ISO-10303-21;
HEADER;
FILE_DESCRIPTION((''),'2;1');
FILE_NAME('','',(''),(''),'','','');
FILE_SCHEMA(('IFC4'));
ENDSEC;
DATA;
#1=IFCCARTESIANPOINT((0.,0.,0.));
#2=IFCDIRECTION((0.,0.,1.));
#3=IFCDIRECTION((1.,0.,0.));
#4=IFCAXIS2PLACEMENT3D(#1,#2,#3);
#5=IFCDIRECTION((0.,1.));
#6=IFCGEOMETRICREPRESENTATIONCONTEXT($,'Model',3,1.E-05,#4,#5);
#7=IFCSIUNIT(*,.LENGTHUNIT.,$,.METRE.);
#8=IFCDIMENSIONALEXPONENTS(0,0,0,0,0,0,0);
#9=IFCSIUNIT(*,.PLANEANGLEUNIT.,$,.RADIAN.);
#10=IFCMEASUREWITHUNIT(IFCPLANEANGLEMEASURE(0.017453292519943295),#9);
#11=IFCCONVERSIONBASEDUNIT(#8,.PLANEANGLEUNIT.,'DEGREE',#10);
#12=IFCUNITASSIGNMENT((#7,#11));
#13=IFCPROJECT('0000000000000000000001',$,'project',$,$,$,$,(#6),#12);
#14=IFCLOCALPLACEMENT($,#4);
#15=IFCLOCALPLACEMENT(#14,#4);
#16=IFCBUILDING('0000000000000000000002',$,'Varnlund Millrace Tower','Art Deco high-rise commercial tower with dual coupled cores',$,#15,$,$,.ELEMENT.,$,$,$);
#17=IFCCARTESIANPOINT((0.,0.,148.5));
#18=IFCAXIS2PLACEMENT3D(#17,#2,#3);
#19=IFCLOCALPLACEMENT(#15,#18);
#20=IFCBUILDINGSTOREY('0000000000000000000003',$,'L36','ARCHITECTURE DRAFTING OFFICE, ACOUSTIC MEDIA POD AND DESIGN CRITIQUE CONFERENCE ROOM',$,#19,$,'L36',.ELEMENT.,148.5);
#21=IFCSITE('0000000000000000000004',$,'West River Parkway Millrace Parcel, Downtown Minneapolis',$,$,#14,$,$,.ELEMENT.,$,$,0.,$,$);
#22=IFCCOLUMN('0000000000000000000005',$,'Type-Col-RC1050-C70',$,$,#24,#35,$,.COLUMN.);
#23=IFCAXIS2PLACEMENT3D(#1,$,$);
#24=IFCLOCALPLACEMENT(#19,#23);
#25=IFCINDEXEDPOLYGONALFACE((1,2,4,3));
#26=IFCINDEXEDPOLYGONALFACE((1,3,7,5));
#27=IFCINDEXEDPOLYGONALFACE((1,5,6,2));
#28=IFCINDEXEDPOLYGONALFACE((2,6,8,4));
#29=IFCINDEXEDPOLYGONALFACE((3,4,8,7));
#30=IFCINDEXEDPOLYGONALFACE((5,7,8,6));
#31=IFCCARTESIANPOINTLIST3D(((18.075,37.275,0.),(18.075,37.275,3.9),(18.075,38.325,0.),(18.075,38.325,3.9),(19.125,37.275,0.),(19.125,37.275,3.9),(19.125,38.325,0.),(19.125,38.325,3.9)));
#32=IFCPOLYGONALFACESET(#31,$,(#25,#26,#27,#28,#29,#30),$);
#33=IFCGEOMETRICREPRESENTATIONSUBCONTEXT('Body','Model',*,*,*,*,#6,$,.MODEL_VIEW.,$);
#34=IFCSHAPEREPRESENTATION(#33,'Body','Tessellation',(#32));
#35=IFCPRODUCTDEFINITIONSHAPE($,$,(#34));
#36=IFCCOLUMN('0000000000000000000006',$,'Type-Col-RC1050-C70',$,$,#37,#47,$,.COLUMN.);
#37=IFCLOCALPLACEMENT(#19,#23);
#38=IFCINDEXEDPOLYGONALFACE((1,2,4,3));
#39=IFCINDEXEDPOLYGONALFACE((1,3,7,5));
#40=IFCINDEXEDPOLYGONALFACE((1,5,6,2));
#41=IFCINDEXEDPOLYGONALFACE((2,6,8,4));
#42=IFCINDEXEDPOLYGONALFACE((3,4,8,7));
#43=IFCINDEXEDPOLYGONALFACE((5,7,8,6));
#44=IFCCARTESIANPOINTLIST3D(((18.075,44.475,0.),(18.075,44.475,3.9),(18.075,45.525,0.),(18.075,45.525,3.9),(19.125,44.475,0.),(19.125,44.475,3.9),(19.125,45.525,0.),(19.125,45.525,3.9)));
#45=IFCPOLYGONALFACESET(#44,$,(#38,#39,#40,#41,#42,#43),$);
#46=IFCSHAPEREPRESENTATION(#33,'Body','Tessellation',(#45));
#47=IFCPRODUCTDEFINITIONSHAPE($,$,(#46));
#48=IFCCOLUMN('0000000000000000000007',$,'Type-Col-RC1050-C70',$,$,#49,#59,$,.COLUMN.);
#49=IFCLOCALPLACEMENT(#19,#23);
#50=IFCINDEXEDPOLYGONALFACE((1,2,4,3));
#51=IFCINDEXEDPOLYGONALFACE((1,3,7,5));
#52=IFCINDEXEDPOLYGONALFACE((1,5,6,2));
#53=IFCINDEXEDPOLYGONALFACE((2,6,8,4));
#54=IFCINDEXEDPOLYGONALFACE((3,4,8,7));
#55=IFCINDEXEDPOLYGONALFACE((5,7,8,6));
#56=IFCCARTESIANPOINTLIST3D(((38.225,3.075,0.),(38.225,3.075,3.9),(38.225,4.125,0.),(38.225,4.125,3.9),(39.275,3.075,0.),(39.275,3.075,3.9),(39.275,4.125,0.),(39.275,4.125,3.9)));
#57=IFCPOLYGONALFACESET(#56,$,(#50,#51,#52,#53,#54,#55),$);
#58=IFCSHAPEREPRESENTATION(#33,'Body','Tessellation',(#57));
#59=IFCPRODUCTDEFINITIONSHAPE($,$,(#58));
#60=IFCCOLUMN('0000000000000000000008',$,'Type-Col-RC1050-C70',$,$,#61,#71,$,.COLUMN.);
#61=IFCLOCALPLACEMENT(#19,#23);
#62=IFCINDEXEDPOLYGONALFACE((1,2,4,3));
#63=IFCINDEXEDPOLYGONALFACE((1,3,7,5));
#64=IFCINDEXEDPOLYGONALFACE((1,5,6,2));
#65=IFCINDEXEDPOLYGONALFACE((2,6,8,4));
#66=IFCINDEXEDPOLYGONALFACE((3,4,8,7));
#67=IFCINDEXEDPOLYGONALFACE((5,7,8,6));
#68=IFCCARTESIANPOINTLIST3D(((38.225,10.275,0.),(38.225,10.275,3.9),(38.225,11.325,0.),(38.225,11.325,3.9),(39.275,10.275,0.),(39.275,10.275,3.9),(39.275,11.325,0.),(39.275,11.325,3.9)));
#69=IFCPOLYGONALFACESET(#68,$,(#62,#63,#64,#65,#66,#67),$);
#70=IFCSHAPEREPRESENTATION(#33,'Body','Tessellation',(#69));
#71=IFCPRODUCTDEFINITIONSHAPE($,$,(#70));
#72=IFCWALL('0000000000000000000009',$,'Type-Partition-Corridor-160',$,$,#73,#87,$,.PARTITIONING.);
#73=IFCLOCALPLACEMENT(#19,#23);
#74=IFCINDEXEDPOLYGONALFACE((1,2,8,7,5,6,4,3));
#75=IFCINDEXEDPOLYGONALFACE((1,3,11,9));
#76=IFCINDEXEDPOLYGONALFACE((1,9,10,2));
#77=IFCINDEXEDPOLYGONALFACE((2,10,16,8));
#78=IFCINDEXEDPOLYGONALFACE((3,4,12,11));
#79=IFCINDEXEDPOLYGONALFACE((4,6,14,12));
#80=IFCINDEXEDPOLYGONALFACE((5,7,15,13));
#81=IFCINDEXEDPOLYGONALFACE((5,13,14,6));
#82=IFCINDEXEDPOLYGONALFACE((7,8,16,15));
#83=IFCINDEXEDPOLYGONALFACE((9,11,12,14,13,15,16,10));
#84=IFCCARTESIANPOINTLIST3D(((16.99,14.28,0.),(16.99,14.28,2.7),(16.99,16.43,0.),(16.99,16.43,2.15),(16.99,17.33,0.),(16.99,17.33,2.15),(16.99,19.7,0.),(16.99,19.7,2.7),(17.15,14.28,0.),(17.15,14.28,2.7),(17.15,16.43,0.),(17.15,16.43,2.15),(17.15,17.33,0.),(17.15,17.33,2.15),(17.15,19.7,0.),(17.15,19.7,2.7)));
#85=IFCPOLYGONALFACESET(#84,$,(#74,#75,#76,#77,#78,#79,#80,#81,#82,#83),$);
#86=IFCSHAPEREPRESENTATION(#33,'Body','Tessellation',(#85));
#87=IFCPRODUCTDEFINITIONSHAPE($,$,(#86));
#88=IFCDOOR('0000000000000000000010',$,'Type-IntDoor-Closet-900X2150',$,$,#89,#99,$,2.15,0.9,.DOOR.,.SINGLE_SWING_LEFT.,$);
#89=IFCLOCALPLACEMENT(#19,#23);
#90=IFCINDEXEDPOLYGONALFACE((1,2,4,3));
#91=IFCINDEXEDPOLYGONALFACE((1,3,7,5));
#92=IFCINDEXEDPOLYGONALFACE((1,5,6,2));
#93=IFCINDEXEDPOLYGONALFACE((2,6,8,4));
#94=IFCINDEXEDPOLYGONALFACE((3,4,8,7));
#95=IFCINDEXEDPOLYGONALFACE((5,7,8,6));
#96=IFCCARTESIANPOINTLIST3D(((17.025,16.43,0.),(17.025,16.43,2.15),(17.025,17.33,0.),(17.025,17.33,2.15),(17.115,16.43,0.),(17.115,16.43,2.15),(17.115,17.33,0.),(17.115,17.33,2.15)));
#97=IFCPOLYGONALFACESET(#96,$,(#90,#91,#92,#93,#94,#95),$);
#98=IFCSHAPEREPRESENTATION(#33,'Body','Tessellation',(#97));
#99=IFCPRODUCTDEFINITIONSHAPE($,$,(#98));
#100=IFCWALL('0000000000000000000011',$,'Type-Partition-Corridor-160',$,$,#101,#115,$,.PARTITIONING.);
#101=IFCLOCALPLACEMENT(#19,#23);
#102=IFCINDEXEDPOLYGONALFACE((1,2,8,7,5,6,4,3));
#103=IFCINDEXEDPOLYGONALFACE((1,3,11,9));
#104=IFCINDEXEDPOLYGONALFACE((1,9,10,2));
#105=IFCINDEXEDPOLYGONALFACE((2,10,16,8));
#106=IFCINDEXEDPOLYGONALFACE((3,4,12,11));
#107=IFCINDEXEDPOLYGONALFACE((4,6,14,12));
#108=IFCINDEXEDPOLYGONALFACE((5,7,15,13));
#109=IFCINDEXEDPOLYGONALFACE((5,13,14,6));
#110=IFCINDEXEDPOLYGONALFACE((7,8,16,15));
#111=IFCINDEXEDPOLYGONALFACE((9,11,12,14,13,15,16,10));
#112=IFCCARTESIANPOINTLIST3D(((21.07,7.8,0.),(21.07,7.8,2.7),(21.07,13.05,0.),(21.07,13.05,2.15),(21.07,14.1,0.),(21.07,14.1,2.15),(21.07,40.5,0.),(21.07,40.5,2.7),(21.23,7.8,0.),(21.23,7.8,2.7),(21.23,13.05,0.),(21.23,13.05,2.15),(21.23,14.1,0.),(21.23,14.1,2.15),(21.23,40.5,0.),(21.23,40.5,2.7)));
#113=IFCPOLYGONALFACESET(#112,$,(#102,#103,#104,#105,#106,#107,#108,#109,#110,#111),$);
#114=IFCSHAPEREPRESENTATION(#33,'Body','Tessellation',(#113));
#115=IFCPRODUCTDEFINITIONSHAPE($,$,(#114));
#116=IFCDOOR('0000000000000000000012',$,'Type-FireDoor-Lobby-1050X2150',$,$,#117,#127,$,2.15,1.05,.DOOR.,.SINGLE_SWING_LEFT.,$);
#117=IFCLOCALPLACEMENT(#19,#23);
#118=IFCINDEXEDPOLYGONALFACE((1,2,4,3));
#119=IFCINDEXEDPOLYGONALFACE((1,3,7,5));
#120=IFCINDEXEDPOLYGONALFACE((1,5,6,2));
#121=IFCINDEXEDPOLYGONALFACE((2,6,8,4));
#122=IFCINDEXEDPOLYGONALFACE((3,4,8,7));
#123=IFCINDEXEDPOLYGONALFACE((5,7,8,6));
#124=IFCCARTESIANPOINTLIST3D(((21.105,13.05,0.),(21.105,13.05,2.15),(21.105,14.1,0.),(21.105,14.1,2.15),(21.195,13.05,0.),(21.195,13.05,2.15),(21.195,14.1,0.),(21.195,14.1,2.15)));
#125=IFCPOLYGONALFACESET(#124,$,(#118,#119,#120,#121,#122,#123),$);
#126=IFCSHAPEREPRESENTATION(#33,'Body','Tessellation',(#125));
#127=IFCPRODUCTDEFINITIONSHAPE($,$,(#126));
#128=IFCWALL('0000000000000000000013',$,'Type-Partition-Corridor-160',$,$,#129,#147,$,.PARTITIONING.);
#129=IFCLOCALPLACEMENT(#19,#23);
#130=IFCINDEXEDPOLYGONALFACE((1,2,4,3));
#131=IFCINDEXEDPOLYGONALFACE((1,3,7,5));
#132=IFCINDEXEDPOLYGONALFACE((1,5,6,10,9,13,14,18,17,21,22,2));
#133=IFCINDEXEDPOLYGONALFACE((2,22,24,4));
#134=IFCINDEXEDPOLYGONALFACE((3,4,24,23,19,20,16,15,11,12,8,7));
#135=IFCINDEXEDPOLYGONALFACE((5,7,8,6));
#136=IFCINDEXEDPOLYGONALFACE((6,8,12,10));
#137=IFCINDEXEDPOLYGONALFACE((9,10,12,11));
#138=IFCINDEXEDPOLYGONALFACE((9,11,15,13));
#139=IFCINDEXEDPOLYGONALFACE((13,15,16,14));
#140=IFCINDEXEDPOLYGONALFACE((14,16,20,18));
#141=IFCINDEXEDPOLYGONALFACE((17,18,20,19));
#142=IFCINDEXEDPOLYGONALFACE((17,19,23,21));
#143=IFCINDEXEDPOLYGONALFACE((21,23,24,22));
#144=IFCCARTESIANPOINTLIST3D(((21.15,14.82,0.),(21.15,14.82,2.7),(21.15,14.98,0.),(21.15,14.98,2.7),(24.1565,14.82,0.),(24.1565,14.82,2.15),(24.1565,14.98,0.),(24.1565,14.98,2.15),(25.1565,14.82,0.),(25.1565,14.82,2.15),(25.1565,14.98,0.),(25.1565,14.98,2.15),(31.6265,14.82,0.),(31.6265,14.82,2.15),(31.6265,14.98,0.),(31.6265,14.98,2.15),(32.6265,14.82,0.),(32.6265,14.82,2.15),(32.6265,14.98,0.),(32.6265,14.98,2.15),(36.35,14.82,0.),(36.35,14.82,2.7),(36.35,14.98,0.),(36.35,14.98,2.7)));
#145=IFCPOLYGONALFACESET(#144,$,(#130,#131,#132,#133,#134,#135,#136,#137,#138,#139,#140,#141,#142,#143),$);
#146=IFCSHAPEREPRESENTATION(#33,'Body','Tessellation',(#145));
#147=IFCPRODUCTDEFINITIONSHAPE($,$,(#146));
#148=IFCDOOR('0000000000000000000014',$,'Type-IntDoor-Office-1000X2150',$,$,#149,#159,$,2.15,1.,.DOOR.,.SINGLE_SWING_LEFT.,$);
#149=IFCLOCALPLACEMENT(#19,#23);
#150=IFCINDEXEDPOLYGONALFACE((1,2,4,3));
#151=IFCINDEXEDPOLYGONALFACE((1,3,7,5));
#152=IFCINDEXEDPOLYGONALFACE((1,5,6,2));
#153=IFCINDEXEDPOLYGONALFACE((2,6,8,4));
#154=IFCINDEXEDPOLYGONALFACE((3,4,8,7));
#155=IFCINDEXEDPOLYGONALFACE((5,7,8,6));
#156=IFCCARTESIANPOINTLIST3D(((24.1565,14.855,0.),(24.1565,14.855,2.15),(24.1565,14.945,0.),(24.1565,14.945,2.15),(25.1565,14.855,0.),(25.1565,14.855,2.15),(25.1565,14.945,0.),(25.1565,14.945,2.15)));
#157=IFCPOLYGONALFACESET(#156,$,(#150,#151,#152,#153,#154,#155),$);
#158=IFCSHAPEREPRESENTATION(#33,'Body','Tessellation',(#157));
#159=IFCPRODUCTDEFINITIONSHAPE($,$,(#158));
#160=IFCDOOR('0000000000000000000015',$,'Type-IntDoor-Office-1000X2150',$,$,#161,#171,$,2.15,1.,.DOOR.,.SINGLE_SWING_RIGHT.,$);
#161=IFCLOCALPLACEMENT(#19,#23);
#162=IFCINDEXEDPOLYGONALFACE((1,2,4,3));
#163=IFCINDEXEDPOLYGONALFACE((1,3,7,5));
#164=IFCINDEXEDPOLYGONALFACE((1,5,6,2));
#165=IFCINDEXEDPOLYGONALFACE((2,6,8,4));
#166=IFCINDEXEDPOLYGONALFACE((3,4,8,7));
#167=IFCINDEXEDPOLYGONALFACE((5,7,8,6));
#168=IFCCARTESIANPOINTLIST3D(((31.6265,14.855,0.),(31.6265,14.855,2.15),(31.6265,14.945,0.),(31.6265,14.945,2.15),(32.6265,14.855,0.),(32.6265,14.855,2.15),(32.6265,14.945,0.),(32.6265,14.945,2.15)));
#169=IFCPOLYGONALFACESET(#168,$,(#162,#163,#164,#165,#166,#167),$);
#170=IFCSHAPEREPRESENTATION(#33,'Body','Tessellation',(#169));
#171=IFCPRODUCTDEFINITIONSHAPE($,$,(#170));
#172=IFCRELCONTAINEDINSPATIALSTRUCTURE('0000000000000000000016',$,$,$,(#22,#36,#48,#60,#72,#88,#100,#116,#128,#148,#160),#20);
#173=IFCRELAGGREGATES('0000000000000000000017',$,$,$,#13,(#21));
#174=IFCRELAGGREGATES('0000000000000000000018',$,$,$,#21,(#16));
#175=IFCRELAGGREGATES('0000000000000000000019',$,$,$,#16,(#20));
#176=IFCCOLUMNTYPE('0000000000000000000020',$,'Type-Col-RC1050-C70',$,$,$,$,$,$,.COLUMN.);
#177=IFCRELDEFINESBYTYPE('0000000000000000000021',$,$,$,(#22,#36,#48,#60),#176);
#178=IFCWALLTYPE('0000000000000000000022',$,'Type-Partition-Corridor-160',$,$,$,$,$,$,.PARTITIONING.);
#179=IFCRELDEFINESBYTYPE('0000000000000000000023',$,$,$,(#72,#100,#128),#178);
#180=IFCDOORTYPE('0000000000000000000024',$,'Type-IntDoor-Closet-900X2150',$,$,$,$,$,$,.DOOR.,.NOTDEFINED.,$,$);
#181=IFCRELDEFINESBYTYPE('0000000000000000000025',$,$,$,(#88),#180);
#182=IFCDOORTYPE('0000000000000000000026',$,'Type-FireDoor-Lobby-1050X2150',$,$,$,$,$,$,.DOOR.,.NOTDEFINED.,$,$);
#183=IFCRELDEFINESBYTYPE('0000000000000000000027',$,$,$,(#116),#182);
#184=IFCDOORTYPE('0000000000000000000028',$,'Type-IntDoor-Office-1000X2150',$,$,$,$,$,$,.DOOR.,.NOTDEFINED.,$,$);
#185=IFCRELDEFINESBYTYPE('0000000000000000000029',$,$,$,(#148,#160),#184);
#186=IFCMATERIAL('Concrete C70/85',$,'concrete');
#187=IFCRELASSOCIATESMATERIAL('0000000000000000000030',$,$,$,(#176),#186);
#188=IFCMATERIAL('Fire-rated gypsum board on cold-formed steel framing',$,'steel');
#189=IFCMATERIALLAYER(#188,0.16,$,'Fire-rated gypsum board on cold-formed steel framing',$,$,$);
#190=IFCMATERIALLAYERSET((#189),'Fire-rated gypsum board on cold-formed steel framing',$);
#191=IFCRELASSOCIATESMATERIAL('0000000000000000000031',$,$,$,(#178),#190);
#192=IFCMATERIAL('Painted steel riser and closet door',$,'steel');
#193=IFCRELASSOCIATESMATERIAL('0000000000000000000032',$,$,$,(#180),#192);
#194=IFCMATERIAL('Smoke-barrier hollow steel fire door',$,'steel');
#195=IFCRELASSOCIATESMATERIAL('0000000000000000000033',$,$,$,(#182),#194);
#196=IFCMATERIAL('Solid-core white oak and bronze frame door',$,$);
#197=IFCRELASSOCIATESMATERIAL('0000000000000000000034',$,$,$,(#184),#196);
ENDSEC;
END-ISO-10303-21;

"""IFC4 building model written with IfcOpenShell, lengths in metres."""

from ifc_helpers import new_model, entity, si_unit, converted_unit, direction, frame, origin_with_axes, origin_2d_with_axis, place, context, subcontext, project, spatial, polyline, rectangle, outline, extrude, material, layer, layer_set, material_profile, profile_set, type_object, element, fill, save


model = new_model("IFC4")

# Units and contexts
model_context = context("Model", 3, precision=1e-05, world=origin_with_axes(), true_north=direction((0.0, 1.0)))
body_context = subcontext(model_context, "Body", "Model", "MODEL_VIEW")
ifc_project = project(units=[si_unit("LENGTHUNIT", "METRE"), converted_unit("PLANEANGLEUNIT", "DEGREE", entity("IfcPlaneAngleMeasure", 0.017453292519943295), si_unit("PLANEANGLEUNIT", "RADIAN"), dimensions=[0, 0, 0, 0, 0, 0, 0])], contexts=[model_context])

# Site, building, storey
site_placement = place(None, origin_with_axes())
site = spatial("IfcSite", under=ifc_project, at=site_placement, Name="West River Parkway Millrace Parcel, Downtown Minneapolis", CompositionType="ELEMENT", RefElevation=0.0)
building_placement = place(site_placement, origin_with_axes())
building = spatial("IfcBuilding", under=site, at=building_placement, Name="Varnlund Millrace Tower", Description="Art Deco high-rise commercial tower with dual coupled cores", CompositionType="ELEMENT")
storey_placement = place(building_placement, frame((0.0, 0.0, 148.5), z_axis=(0.0, 0.0, 1.0), x_axis=(1.0, 0.0, 0.0)))
storey = spatial("IfcBuildingStorey", under=building, at=storey_placement, Name="L36", Description="ARCHITECTURE DRAFTING OFFICE, ACOUSTIC MEDIA POD AND DESIGN CRITIQUE CONFERENCE ROOM", LongName="L36", CompositionType="ELEMENT", Elevation=148.5)

# Columns
ifc_material_1 = material(Name="Concrete C70/85", Category="concrete")
ifc_material_profile_1 = material_profile(ifc_material_1, rectangle(XDim=1.05, YDim=1.05, at=origin_2d_with_axis()), Name="Concrete C70/85")
ifc_profile_set_1 = profile_set([ifc_material_profile_1], Name="Concrete C70/85")
column_type_1 = type_object("IfcColumnType", Name="Type-Col-RC1050-C70", PredefinedType="COLUMN", material=ifc_profile_set_1)
for number, where, z_axis, x_axis, name in (
    (1, (18.6, 37.8, 0.0), (0.0, 0.0, 1.0), (1.0, 0.0, 0.0), "Type-Col-RC1050-C70"),
    (2, (18.6, 45.0, 0.0), (0.0, 0.0, 1.0), (1.0, 0.0, 0.0), "Type-Col-RC1050-C70"),
    (3, (38.75, 3.6, 0.0), (0.0, 0.0, 1.0), (1.0, 0.0, 0.0), "Type-Col-RC1050-C70"),
    (4, (38.75, 10.8, 0.0), (0.0, 0.0, 1.0), (1.0, 0.0, 0.0), "Type-Col-RC1050-C70"),
):
    element("IfcColumn", number, at=place(storey_placement, frame(where, z_axis=z_axis, x_axis=x_axis)), inside=storey, type_object=column_type_1, Name=name, PredefinedType="COLUMN", context=body_context, shape_type="SweptSolid", body=[
        extrude(rectangle(XDim=1.05, YDim=1.05, at=origin_2d_with_axis()), origin_with_axes(), (0.0, 0.0, 1.0), 3.9),
    ])

# Walls, openings, doors
ifc_material_2 = material(Name="Fire-rated gypsum board on cold-formed steel framing", Category="steel")
ifc_layer = layer(ifc_material_2, 0.16, Name="Fire-rated gypsum board on cold-formed steel framing")
ifc_layer_set = layer_set([ifc_layer], Name="Fire-rated gypsum board on cold-formed steel framing")
wall_type = type_object("IfcWallType", Name="Type-Partition-Corridor-160", PredefinedType="PARTITIONING", material=ifc_layer_set)
wall_1_placement = place(storey_placement, frame((17.07, 14.28, 0.0), z_axis=(0.0, 0.0, 1.0), x_axis=(0.0, 1.0, 0.0)))
wall_1 = element("IfcWall", 5, at=wall_1_placement, inside=storey, type_object=wall_type, Name="Type-Partition-Corridor-160", PredefinedType="PARTITIONING", context=body_context, shape_type="SweptSolid", body=[
    extrude(outline(polyline([(0.0, -0.08), (5.42, -0.08), (5.42, 0.08), (0.0, 0.08), (0.0, -0.08)])), origin_with_axes(), (0.0, 0.0, 1.0), 2.7),
])
opening_1_placement = place(wall_1_placement, frame((2.6, 0.0, 0.0), z_axis=(0.0, 0.0, 1.0), x_axis=(1.0, 0.0, 0.0)))
opening_1 = element("IfcOpeningElement", 6, at=opening_1_placement, cuts=wall_1, PredefinedType="OPENING", context=body_context, shape_type="SweptSolid", body=[
    extrude(rectangle(XDim=0.9, YDim=0.18, at=origin_2d_with_axis()), origin_with_axes(), (0.0, 0.0, 1.0), 2.15),
])
ifc_material_3 = material(Name="Painted steel riser and closet door", Category="steel")
door_type_1 = type_object("IfcDoorType", Name="Type-IntDoor-Closet-900X2150", OperationType="NOTDEFINED", PredefinedType="DOOR", material=ifc_material_3)
door_1_placement = place(wall_1_placement, frame((2.6, 0.0, 0.0), z_axis=(0.0, 0.0, 1.0), x_axis=(1.0, 0.0, 0.0)))
door_1 = element("IfcDoor", 7, at=door_1_placement, inside=storey, type_object=door_type_1, Name="Type-IntDoor-Closet-900X2150", OperationType="SINGLE_SWING_LEFT", OverallHeight=2.15, OverallWidth=0.9, PredefinedType="DOOR", context=body_context, shape_type="SweptSolid", body=[
    extrude(rectangle(XDim=0.9, YDim=0.09, at=origin_2d_with_axis()), origin_with_axes(), (0.0, 0.0, 1.0), 2.15),
])
fill(opening_1, door_1)
wall_2_placement = place(storey_placement, frame((21.15, 7.8, 0.0), z_axis=(0.0, 0.0, 1.0), x_axis=(0.0, 1.0, 0.0)))
wall_2 = element("IfcWall", 8, at=wall_2_placement, inside=storey, type_object=wall_type, Name="Type-Partition-Corridor-160", PredefinedType="PARTITIONING", context=body_context, shape_type="SweptSolid", body=[
    extrude(outline(polyline([(0.0, -0.08), (32.7, -0.08), (32.7, 0.08), (0.0, 0.08), (0.0, -0.08)])), origin_with_axes(), (0.0, 0.0, 1.0), 2.7),
])
opening_2_placement = place(wall_2_placement, frame((5.775, 0.0, 0.0), z_axis=(0.0, 0.0, 1.0), x_axis=(1.0, 0.0, 0.0)))
opening_2 = element("IfcOpeningElement", 9, at=opening_2_placement, cuts=wall_2, PredefinedType="OPENING", context=body_context, shape_type="SweptSolid", body=[
    extrude(rectangle(XDim=1.05, YDim=0.18, at=origin_2d_with_axis()), origin_with_axes(), (0.0, 0.0, 1.0), 2.15),
])
ifc_material_4 = material(Name="Smoke-barrier hollow steel fire door", Category="steel")
door_type_2 = type_object("IfcDoorType", Name="Type-FireDoor-Lobby-1050X2150", OperationType="NOTDEFINED", PredefinedType="DOOR", material=ifc_material_4)
door_2_placement = place(wall_2_placement, frame((5.775, 0.0, 0.0), z_axis=(0.0, 0.0, 1.0), x_axis=(1.0, 0.0, 0.0)))
door_2 = element("IfcDoor", 10, at=door_2_placement, inside=storey, type_object=door_type_2, Name="Type-FireDoor-Lobby-1050X2150", OperationType="SINGLE_SWING_LEFT", OverallHeight=2.15, OverallWidth=1.05, PredefinedType="DOOR", context=body_context, shape_type="SweptSolid", body=[
    extrude(rectangle(XDim=1.05, YDim=0.09, at=origin_2d_with_axis()), origin_with_axes(), (0.0, 0.0, 1.0), 2.15),
])
fill(opening_2, door_2)

# Wall, openings, doors
ifc_material_5 = material(Name="Solid-core white oak and bronze frame door")
door_type_3 = type_object("IfcDoorType", Name="Type-IntDoor-Office-1000X2150", OperationType="NOTDEFINED", PredefinedType="DOOR", material=ifc_material_5)
wall_3_placement = place(storey_placement, frame((21.15, 14.9, 0.0), z_axis=(0.0, 0.0, 1.0), x_axis=(1.0, 0.0, 0.0)))
wall_3 = element("IfcWall", 11, at=wall_3_placement, inside=storey, type_object=wall_type, Name="Type-Partition-Corridor-160", PredefinedType="PARTITIONING", context=body_context, shape_type="SweptSolid", body=[
    extrude(outline(polyline([(0.0, -0.08), (15.2, -0.08), (15.2, 0.08), (0.0, 0.08), (0.0, -0.08)])), origin_with_axes(), (0.0, 0.0, 1.0), 2.7),
])
opening_3_placement = place(wall_3_placement, frame((3.5065, 0.0, 0.0), z_axis=(0.0, 0.0, 1.0), x_axis=(1.0, 0.0, 0.0)))
opening_3 = element("IfcOpeningElement", 12, at=opening_3_placement, cuts=wall_3, PredefinedType="OPENING", context=body_context, shape_type="SweptSolid", body=[
    extrude(rectangle(XDim=1.0, YDim=0.18, at=origin_2d_with_axis()), origin_with_axes(), (0.0, 0.0, 1.0), 2.15),
])
opening_4_placement = place(wall_3_placement, frame((10.9765, 0.0, 0.0), z_axis=(0.0, 0.0, 1.0), x_axis=(1.0, 0.0, 0.0)))
opening_4 = element("IfcOpeningElement", 13, at=opening_4_placement, cuts=wall_3, PredefinedType="OPENING", context=body_context, shape_type="SweptSolid", body=[
    extrude(rectangle(XDim=1.0, YDim=0.18, at=origin_2d_with_axis()), origin_with_axes(), (0.0, 0.0, 1.0), 2.15),
])
door_3_placement = place(wall_3_placement, frame((3.5065, 0.0, 0.0), z_axis=(0.0, 0.0, 1.0), x_axis=(1.0, 0.0, 0.0)))
door_3 = element("IfcDoor", 14, at=door_3_placement, inside=storey, type_object=door_type_3, Name="Type-IntDoor-Office-1000X2150", OperationType="SINGLE_SWING_LEFT", OverallHeight=2.15, OverallWidth=1.0, PredefinedType="DOOR", context=body_context, shape_type="SweptSolid", body=[
    extrude(rectangle(XDim=1.0, YDim=0.09, at=origin_2d_with_axis()), origin_with_axes(), (0.0, 0.0, 1.0), 2.15),
])
fill(opening_3, door_3)
door_4_placement = place(wall_3_placement, frame((10.9765, 0.0, 0.0), z_axis=(0.0, 0.0, 1.0), x_axis=(1.0, 0.0, 0.0)))
door_4 = element("IfcDoor", 15, at=door_4_placement, inside=storey, type_object=door_type_3, Name="Type-IntDoor-Office-1000X2150", OperationType="SINGLE_SWING_RIGHT", OverallHeight=2.15, OverallWidth=1.0, PredefinedType="DOOR", context=body_context, shape_type="SweptSolid", body=[
    extrude(rectangle(XDim=1.0, YDim=0.09, at=origin_2d_with_axis()), origin_with_axes(), (0.0, 0.0, 1.0), 2.15),
])
fill(opening_4, door_4)

save(model, "model.ifc")
